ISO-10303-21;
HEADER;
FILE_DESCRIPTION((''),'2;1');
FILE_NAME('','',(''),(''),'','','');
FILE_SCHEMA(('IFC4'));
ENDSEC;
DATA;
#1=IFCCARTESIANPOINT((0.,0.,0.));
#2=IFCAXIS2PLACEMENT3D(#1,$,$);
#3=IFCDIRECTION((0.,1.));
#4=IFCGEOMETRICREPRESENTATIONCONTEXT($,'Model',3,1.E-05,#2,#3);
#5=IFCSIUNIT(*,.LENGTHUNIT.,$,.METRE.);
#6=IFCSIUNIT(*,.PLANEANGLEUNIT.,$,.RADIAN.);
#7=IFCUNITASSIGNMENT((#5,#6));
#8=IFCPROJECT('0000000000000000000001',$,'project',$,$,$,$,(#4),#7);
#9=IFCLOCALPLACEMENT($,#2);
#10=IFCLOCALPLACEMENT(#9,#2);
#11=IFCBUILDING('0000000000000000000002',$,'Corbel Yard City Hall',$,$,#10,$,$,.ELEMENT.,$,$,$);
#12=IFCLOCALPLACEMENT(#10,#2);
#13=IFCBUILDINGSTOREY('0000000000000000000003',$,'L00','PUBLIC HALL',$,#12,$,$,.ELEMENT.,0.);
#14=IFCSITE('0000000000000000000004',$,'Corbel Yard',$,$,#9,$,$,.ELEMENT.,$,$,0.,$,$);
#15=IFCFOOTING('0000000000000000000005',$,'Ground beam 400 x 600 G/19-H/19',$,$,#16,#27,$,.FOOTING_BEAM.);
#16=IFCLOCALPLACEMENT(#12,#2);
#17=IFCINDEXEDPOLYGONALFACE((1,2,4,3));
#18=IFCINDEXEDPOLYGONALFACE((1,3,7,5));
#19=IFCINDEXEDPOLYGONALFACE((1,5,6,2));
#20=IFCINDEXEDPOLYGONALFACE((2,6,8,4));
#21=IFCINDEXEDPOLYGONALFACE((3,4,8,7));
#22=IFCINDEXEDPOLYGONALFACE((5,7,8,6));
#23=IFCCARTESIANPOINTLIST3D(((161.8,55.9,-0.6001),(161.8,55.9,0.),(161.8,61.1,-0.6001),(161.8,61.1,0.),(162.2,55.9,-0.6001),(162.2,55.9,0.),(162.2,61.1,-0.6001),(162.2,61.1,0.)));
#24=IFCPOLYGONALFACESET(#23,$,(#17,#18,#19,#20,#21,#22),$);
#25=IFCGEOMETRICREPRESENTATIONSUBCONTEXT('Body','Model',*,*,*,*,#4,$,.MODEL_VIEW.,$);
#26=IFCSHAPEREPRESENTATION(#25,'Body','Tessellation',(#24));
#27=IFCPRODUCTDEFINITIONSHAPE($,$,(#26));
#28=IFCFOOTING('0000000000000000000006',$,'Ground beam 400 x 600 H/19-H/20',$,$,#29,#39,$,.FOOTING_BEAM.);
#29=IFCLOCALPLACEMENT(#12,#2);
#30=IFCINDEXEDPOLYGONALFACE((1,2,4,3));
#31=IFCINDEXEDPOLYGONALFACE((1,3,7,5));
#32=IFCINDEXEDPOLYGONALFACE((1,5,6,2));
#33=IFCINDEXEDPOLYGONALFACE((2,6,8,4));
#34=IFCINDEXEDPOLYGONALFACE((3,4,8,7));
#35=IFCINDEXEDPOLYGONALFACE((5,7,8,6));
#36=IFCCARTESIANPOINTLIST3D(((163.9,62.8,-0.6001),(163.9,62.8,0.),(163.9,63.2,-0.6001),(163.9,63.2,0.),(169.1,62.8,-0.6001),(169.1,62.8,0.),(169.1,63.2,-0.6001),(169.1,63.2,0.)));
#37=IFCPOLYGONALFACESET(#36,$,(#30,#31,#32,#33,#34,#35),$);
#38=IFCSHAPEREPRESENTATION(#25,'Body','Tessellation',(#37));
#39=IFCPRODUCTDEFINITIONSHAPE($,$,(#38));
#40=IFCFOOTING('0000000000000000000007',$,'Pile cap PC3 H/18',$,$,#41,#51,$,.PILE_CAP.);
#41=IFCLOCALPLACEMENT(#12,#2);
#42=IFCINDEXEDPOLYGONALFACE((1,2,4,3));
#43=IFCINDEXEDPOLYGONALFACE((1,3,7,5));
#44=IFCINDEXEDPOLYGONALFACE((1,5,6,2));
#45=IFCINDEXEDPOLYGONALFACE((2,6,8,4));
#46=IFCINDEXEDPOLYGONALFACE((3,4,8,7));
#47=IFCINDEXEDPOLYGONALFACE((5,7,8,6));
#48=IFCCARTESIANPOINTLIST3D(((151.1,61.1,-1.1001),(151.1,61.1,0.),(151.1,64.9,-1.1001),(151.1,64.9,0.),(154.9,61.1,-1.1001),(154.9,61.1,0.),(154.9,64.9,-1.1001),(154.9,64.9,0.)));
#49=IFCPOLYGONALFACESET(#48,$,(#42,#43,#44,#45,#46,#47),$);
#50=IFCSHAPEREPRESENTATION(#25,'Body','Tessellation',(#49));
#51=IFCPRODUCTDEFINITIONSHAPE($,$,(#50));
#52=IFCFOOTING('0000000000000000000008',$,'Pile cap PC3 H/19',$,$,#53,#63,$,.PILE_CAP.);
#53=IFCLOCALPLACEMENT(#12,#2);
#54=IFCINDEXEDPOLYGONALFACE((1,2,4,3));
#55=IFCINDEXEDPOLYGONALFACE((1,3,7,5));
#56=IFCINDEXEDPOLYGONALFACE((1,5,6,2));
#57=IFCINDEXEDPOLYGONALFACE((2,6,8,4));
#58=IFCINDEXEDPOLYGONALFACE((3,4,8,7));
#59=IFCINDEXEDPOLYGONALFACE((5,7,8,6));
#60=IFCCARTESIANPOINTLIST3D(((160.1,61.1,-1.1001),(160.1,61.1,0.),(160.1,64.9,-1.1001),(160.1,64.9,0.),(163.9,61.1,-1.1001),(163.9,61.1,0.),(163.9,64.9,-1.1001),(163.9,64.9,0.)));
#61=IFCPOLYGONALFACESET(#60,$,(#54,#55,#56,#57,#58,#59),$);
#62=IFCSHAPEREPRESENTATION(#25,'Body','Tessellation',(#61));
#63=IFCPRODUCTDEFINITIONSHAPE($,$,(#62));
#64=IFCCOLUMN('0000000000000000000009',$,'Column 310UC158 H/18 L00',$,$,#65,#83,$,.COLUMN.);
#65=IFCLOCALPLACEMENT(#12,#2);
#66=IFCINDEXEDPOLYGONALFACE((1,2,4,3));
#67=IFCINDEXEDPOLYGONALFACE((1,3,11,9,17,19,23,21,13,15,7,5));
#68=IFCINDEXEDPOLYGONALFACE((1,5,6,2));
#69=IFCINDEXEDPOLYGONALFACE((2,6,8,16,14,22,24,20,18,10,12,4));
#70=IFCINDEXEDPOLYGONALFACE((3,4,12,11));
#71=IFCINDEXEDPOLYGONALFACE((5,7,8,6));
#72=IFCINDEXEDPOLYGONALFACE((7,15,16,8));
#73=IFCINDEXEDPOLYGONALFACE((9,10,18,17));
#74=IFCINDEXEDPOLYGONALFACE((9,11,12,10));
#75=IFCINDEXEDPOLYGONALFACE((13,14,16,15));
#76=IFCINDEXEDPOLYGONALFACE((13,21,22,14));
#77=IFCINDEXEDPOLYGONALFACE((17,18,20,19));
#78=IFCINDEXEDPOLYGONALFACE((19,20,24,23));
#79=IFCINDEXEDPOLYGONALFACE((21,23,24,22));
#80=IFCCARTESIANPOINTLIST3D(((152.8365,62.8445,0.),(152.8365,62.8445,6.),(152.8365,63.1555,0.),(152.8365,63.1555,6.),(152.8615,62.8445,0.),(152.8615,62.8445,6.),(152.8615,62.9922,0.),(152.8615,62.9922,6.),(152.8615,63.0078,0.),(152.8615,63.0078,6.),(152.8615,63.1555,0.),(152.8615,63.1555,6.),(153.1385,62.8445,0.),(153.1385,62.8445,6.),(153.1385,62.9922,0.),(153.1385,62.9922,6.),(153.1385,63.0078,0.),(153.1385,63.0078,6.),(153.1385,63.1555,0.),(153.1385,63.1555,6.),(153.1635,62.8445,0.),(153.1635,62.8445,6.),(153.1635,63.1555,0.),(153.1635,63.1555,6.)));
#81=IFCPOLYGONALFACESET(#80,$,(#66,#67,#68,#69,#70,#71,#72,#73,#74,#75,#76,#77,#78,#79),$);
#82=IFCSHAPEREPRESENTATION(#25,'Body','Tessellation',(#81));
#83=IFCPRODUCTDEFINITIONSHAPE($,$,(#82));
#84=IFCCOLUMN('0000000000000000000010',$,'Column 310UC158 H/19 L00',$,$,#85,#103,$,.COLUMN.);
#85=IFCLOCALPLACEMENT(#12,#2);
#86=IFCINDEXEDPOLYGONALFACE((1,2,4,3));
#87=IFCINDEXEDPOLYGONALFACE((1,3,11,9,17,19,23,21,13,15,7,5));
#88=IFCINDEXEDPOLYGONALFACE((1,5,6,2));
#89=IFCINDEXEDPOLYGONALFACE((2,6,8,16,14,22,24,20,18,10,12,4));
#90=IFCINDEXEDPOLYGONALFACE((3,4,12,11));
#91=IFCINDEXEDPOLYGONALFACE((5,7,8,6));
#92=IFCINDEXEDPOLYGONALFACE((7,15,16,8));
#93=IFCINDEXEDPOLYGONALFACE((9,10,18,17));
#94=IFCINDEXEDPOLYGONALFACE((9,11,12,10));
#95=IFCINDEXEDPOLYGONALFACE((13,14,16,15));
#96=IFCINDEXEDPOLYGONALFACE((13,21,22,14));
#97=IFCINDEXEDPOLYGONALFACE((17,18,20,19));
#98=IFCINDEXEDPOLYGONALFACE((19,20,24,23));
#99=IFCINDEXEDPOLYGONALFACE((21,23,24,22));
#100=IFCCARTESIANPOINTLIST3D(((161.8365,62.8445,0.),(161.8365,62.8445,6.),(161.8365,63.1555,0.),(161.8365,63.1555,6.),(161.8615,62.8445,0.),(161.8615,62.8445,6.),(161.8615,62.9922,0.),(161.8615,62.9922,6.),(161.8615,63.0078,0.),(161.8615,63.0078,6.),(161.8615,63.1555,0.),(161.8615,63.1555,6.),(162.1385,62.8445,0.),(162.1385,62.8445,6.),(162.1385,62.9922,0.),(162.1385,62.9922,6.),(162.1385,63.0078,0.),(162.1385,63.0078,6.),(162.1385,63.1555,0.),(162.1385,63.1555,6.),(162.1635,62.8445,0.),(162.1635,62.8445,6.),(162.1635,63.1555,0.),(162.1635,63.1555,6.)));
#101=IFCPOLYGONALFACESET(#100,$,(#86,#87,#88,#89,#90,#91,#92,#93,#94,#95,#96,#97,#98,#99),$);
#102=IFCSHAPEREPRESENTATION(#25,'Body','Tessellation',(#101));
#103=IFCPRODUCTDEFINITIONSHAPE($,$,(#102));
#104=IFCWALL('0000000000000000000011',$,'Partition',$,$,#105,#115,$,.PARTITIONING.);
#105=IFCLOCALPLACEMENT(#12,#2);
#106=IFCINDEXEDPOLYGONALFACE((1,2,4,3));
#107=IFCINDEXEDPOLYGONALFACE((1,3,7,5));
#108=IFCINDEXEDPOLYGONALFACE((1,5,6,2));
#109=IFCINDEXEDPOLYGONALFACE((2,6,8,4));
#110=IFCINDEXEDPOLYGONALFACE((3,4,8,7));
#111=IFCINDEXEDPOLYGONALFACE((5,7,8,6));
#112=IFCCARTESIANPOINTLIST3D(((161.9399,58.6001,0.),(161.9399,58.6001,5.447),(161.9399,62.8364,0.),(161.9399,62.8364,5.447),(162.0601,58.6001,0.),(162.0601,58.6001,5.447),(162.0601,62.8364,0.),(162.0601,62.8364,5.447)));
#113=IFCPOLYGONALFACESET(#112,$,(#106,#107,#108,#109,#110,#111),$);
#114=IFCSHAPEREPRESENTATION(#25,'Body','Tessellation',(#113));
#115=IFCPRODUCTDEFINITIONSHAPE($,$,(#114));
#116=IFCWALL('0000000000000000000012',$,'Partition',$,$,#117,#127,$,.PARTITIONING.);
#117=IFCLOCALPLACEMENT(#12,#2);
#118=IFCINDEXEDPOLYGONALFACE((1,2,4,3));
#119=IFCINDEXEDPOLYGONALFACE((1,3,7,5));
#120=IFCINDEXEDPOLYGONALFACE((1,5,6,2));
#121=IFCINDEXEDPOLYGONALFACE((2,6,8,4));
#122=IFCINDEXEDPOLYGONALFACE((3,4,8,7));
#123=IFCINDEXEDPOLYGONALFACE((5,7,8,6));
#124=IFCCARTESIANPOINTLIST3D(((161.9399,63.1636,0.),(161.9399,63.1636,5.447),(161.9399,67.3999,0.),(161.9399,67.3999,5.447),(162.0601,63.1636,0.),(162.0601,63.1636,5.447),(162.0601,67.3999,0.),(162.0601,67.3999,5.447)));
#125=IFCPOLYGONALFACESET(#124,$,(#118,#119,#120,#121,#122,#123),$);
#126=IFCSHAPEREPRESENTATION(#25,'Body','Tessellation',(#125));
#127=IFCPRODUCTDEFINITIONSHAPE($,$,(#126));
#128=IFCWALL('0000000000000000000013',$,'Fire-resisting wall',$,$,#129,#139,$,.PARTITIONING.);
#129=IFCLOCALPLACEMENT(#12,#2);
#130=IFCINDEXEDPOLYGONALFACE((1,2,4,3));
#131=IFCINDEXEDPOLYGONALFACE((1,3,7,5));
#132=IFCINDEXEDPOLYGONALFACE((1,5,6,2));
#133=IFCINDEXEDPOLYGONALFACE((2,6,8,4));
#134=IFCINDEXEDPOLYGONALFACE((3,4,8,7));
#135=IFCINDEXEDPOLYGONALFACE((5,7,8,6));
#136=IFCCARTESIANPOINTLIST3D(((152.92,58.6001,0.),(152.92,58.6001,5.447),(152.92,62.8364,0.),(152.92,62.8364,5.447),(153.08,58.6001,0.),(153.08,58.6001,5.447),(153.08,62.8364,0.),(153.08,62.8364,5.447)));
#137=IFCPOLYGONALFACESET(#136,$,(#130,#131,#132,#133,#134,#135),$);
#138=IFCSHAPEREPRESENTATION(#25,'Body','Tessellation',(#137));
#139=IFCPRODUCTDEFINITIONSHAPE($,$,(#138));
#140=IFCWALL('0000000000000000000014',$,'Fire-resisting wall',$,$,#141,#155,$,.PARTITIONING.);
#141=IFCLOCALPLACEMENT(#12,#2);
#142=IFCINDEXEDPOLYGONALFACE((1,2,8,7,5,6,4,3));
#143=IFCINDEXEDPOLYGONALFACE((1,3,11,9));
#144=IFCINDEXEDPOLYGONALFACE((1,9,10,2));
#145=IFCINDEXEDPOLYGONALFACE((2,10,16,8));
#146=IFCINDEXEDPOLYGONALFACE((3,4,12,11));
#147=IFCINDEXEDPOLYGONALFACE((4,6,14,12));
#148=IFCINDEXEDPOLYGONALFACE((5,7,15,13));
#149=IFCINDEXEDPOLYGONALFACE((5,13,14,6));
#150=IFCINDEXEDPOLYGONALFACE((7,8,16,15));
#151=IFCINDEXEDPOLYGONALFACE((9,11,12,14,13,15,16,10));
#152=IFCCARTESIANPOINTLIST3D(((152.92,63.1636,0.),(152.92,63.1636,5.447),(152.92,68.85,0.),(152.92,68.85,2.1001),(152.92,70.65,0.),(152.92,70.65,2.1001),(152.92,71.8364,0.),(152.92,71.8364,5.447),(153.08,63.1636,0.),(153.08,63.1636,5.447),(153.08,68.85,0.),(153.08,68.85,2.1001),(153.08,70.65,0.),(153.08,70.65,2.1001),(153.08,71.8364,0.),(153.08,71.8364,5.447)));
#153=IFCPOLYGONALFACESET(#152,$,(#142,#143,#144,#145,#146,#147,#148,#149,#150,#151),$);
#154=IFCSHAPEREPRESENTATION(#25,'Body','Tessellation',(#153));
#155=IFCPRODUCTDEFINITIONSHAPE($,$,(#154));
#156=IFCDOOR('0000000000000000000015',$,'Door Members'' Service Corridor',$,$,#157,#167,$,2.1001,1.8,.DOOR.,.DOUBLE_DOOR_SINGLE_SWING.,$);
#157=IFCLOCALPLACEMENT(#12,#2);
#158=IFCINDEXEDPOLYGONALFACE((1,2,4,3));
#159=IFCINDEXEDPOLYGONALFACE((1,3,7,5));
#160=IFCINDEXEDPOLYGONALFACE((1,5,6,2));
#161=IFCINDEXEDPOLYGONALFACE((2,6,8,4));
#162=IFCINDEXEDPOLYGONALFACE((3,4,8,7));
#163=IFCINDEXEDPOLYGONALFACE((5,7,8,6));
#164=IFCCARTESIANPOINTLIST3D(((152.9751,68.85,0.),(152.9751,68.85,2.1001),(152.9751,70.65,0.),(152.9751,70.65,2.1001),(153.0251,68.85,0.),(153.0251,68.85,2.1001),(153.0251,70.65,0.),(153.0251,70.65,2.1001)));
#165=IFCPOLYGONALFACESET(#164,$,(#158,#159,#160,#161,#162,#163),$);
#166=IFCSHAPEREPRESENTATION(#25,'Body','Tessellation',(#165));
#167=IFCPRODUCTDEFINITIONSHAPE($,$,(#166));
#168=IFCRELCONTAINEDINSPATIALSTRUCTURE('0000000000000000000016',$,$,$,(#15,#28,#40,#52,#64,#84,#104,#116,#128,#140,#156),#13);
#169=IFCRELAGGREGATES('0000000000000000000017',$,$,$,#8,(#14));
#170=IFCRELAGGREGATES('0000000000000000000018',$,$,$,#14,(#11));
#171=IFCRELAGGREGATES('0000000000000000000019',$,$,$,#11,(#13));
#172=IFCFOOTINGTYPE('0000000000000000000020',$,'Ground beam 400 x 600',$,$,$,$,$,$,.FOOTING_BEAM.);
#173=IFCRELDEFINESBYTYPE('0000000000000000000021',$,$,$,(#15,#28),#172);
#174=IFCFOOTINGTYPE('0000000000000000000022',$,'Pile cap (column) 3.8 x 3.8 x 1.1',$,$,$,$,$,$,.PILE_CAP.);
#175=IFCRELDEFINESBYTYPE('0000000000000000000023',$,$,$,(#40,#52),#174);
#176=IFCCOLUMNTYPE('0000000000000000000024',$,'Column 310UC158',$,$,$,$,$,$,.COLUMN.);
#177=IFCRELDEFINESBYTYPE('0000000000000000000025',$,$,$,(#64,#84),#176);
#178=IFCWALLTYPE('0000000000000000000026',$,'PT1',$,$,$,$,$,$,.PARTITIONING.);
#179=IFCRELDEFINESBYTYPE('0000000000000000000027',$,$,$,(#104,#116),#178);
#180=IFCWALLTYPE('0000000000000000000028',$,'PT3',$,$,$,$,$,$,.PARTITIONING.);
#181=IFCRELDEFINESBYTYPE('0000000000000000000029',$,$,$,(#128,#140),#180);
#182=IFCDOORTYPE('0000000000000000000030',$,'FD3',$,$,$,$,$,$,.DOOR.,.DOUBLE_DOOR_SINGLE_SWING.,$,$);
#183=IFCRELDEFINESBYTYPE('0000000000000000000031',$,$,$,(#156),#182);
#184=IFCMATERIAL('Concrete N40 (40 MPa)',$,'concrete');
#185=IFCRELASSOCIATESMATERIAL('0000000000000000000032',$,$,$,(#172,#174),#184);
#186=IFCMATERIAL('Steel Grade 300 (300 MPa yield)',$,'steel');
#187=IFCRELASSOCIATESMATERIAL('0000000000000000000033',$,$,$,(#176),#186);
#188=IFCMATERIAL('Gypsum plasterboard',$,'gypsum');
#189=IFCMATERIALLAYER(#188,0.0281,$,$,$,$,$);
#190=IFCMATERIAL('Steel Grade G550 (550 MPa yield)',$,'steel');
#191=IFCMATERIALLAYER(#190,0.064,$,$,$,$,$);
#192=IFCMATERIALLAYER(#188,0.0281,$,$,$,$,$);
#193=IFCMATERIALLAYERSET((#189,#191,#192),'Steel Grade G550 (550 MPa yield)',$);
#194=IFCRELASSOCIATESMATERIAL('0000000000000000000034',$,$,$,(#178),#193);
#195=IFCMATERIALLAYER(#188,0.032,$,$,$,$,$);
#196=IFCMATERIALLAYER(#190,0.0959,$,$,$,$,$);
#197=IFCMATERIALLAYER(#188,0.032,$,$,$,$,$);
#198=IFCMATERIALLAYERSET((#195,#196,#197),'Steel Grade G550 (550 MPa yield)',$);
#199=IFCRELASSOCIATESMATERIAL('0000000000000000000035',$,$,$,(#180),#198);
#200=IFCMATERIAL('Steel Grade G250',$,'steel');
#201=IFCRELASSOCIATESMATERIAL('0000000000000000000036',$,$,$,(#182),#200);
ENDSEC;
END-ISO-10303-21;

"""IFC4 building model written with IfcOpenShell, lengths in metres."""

from ifc_helpers import new_model, si_unit, direction, frame, frame_2d, origin, origin_2d, place, context, subcontext, project, spatial, rectangle, i_section, extrude, material, layer, layer_set, material_profile, profile_set, type_object, element, fill, save


model = new_model("IFC4")

# Units and contexts
model_context = context("Model", 3, precision=1e-05, world=origin(), true_north=direction((0.0, 1.0)))
body_context = subcontext(model_context, "Body", "Model", "MODEL_VIEW")
ifc_project = project(units=[si_unit("LENGTHUNIT", "METRE"), si_unit("PLANEANGLEUNIT", "RADIAN")], contexts=[model_context])

# Site, building, storey
site_placement = place(None, origin())
site = spatial("IfcSite", under=ifc_project, at=site_placement, Name="Corbel Yard", CompositionType="ELEMENT", RefElevation=0.0)
building_placement = place(site_placement, origin())
building = spatial("IfcBuilding", under=site, at=building_placement, Name="Corbel Yard City Hall", CompositionType="ELEMENT")
storey_placement = place(building_placement, origin())
storey = spatial("IfcBuildingStorey", under=building, at=storey_placement, Name="L00", Description="PUBLIC HALL", CompositionType="ELEMENT", Elevation=0.0)

# Shared definitions
ifc_material_1 = material(Name="Concrete N40 (40 MPa)", Category="concrete")

# Footings
footing_type_1 = type_object("IfcFootingType", Name="Ground beam 400 x 600", PredefinedType="FOOTING_BEAM", material=ifc_material_1)
for number, where, z_axis, x_axis, name in (
    (1, (162.0, 58.5, -0.6001), (0.0, 0.0, 1.0), (1.0, 0.0, 0.0), "Ground beam 400 x 600 G/19-H/19"),
):
    element("IfcFooting", number, at=place(storey_placement, frame(where, z_axis=z_axis, x_axis=x_axis)), inside=storey, type_object=footing_type_1, Name=name, PredefinedType="FOOTING_BEAM", context=body_context, shape_type="SweptSolid", body=[
        extrude(rectangle(XDim=0.3999, YDim=5.2, at=origin_2d()), origin(), (0.0, 0.0, 1.0), 0.6001),
    ])
footing_1_placement = place(storey_placement, frame((166.5, 63.0, -0.6001), z_axis=(0.0, 0.0, 1.0), x_axis=(1.0, 0.0, 0.0)))
element("IfcFooting", 2, at=footing_1_placement, inside=storey, type_object=footing_type_1, Name="Ground beam 400 x 600 H/19-H/20", PredefinedType="FOOTING_BEAM", context=body_context, shape_type="SweptSolid", body=[
    extrude(rectangle(XDim=5.2, YDim=0.3999, at=origin_2d()), origin(), (0.0, 0.0, 1.0), 0.6001),
])
footing_type_2 = type_object("IfcFootingType", Name="Pile cap (column) 3.8 x 3.8 x 1.1", PredefinedType="PILE_CAP", material=ifc_material_1)
for number, where, z_axis, x_axis, name in (
    (3, (153.0, 63.0, -1.1001), (0.0, 0.0, 1.0), (1.0, 0.0, 0.0), "Pile cap PC3 H/18"),
    (4, (162.0, 63.0, -1.1001), (0.0, 0.0, 1.0), (1.0, 0.0, 0.0), "Pile cap PC3 H/19"),
):
    element("IfcFooting", number, at=place(storey_placement, frame(where, z_axis=z_axis, x_axis=x_axis)), inside=storey, type_object=footing_type_2, Name=name, PredefinedType="PILE_CAP", context=body_context, shape_type="SweptSolid", body=[
        extrude(rectangle(XDim=3.8, YDim=3.8, at=origin_2d()), origin(), (0.0, 0.0, 1.0), 1.1001),
    ])

# Columns
ifc_material_2 = material(Name="Steel Grade 300 (300 MPa yield)", Category="steel")
ifc_material_profile_1 = material_profile(ifc_material_2, i_section(OverallWidth=0.311, OverallDepth=0.3269, WebThickness=0.0156, FlangeThickness=0.0249, at=origin_2d()), Name="310UC158")
ifc_profile_set_1 = profile_set([ifc_material_profile_1], Name="Steel Grade 300 (300 MPa yield)")
column_type = type_object("IfcColumnType", Name="Column 310UC158", PredefinedType="COLUMN", material=ifc_profile_set_1)
for number, where, z_axis, x_axis, name in (
    (5, (153.0, 63.0, 0.0), (0.0, 0.0, 1.0), (0.0, 1.0, 0.0), "Column 310UC158 H/18 L00"),
    (6, (162.0, 63.0, 0.0), (0.0, 0.0, 1.0), (0.0, 1.0, 0.0), "Column 310UC158 H/19 L00"),
):
    element("IfcColumn", number, at=place(storey_placement, frame(where, z_axis=z_axis, x_axis=x_axis)), inside=storey, type_object=column_type, Name=name, PredefinedType="COLUMN", context=body_context, shape_type="SweptSolid", body=[
        extrude(i_section(OverallWidth=0.311, OverallDepth=0.3269, WebThickness=0.0156, FlangeThickness=0.0249, at=origin_2d()), origin(), (0.0, 0.0, 1.0), 6.0),
    ])

# Walls
ifc_material_3 = material(Name="Gypsum plasterboard", Category="gypsum")
ifc_layer_1 = layer(ifc_material_3, 0.0281)
ifc_material_4 = material(Name="Steel Grade G550 (550 MPa yield)", Category="steel")
ifc_layer_2 = layer(ifc_material_4, 0.064)
ifc_layer_3 = layer(ifc_material_3, 0.0281)
ifc_layer_set_1 = layer_set([ifc_layer_1, ifc_layer_2, ifc_layer_3], Name="Steel Grade G550 (550 MPa yield)")
wall_type_1 = type_object("IfcWallType", Name="PT1", PredefinedType="PARTITIONING", material=ifc_layer_set_1)
for number, where, z_axis, x_axis, name in (
    (7, (162.0, 58.6001, 0.0), (0.0, 0.0, 1.0), (0.0, 1.0, 0.0), "Partition"),
    (8, (162.0, 63.1636, 0.0), (0.0, 0.0, 1.0), (0.0, 1.0, 0.0), "Partition"),
):
    element("IfcWall", number, at=place(storey_placement, frame(where, z_axis=z_axis, x_axis=x_axis)), inside=storey, type_object=wall_type_1, Name=name, PredefinedType="PARTITIONING", context=body_context, shape_type="SweptSolid", body=[
        extrude(rectangle(XDim=4.2363, YDim=0.1201, at=frame_2d((2.1182, 0.0))), origin(), (0.0, 0.0, 1.0), 5.447),
    ])
ifc_layer_4 = layer(ifc_material_3, 0.032)
ifc_layer_5 = layer(ifc_material_4, 0.0959)
ifc_layer_6 = layer(ifc_material_3, 0.032)
ifc_layer_set_2 = layer_set([ifc_layer_4, ifc_layer_5, ifc_layer_6], Name="Steel Grade G550 (550 MPa yield)")
wall_type_2 = type_object("IfcWallType", Name="PT3", PredefinedType="PARTITIONING", material=ifc_layer_set_2)
wall_1_placement = place(storey_placement, frame((153.0, 58.6001, 0.0), z_axis=(0.0, 0.0, 1.0), x_axis=(0.0, 1.0, 0.0)))
element("IfcWall", 9, at=wall_1_placement, inside=storey, type_object=wall_type_2, Name="Fire-resisting wall", PredefinedType="PARTITIONING", context=body_context, shape_type="SweptSolid", body=[
    extrude(rectangle(XDim=4.2363, YDim=0.1599, at=frame_2d((2.1182, 0.0))), origin(), (0.0, 0.0, 1.0), 5.447),
])

# Wall, opening, door
wall_2_placement = place(storey_placement, frame((153.0, 63.1636, 0.0), z_axis=(0.0, 0.0, 1.0), x_axis=(0.0, 1.0, 0.0)))
wall_2 = element("IfcWall", 10, at=wall_2_placement, inside=storey, type_object=wall_type_2, Name="Fire-resisting wall", PredefinedType="PARTITIONING", context=body_context, shape_type="SweptSolid", body=[
    extrude(rectangle(XDim=8.6729, YDim=0.1599, at=frame_2d((4.3364, 0.0))), origin(), (0.0, 0.0, 1.0), 5.447),
])
opening_placement = place(wall_2_placement, frame((5.6865, 0.0, 0.0)))
opening = element("IfcOpeningElement", 11, at=opening_placement, cuts=wall_2, PredefinedType="OPENING", context=body_context, shape_type="SweptSolid", body=[
    extrude(rectangle(XDim=1.8, YDim=2.1001, at=frame_2d((0.8999, 1.05))), frame((0.0, 0.0898, 0.0), z_axis=(0.0, -1.0, 0.0), x_axis=(1.0, 0.0, 0.0)), (0.0, 0.0, 1.0), 0.1799),
])
ifc_material_5 = material(Name="Steel Grade G250", Category="steel")
door_type = type_object("IfcDoorType", Name="FD3", OperationType="DOUBLE_DOOR_SINGLE_SWING", PredefinedType="DOOR", material=ifc_material_5)
door_placement = place(opening_placement, origin())
door = element("IfcDoor", 12, at=door_placement, inside=storey, type_object=door_type, Name="Door Members' Service Corridor", OperationType="DOUBLE_DOOR_SINGLE_SWING", OverallHeight=2.1001, OverallWidth=1.8, PredefinedType="DOOR", context=body_context, shape_type="SweptSolid", body=[
    extrude(rectangle(XDim=1.8, YDim=2.1001, at=frame_2d((0.8999, 1.05))), frame((0.0, 0.0249, 0.0), z_axis=(0.0, -1.0, 0.0), x_axis=(1.0, 0.0, 0.0)), (0.0, 0.0, 1.0), 0.05),
])
fill(opening, door)

save(model, "model.ifc")
